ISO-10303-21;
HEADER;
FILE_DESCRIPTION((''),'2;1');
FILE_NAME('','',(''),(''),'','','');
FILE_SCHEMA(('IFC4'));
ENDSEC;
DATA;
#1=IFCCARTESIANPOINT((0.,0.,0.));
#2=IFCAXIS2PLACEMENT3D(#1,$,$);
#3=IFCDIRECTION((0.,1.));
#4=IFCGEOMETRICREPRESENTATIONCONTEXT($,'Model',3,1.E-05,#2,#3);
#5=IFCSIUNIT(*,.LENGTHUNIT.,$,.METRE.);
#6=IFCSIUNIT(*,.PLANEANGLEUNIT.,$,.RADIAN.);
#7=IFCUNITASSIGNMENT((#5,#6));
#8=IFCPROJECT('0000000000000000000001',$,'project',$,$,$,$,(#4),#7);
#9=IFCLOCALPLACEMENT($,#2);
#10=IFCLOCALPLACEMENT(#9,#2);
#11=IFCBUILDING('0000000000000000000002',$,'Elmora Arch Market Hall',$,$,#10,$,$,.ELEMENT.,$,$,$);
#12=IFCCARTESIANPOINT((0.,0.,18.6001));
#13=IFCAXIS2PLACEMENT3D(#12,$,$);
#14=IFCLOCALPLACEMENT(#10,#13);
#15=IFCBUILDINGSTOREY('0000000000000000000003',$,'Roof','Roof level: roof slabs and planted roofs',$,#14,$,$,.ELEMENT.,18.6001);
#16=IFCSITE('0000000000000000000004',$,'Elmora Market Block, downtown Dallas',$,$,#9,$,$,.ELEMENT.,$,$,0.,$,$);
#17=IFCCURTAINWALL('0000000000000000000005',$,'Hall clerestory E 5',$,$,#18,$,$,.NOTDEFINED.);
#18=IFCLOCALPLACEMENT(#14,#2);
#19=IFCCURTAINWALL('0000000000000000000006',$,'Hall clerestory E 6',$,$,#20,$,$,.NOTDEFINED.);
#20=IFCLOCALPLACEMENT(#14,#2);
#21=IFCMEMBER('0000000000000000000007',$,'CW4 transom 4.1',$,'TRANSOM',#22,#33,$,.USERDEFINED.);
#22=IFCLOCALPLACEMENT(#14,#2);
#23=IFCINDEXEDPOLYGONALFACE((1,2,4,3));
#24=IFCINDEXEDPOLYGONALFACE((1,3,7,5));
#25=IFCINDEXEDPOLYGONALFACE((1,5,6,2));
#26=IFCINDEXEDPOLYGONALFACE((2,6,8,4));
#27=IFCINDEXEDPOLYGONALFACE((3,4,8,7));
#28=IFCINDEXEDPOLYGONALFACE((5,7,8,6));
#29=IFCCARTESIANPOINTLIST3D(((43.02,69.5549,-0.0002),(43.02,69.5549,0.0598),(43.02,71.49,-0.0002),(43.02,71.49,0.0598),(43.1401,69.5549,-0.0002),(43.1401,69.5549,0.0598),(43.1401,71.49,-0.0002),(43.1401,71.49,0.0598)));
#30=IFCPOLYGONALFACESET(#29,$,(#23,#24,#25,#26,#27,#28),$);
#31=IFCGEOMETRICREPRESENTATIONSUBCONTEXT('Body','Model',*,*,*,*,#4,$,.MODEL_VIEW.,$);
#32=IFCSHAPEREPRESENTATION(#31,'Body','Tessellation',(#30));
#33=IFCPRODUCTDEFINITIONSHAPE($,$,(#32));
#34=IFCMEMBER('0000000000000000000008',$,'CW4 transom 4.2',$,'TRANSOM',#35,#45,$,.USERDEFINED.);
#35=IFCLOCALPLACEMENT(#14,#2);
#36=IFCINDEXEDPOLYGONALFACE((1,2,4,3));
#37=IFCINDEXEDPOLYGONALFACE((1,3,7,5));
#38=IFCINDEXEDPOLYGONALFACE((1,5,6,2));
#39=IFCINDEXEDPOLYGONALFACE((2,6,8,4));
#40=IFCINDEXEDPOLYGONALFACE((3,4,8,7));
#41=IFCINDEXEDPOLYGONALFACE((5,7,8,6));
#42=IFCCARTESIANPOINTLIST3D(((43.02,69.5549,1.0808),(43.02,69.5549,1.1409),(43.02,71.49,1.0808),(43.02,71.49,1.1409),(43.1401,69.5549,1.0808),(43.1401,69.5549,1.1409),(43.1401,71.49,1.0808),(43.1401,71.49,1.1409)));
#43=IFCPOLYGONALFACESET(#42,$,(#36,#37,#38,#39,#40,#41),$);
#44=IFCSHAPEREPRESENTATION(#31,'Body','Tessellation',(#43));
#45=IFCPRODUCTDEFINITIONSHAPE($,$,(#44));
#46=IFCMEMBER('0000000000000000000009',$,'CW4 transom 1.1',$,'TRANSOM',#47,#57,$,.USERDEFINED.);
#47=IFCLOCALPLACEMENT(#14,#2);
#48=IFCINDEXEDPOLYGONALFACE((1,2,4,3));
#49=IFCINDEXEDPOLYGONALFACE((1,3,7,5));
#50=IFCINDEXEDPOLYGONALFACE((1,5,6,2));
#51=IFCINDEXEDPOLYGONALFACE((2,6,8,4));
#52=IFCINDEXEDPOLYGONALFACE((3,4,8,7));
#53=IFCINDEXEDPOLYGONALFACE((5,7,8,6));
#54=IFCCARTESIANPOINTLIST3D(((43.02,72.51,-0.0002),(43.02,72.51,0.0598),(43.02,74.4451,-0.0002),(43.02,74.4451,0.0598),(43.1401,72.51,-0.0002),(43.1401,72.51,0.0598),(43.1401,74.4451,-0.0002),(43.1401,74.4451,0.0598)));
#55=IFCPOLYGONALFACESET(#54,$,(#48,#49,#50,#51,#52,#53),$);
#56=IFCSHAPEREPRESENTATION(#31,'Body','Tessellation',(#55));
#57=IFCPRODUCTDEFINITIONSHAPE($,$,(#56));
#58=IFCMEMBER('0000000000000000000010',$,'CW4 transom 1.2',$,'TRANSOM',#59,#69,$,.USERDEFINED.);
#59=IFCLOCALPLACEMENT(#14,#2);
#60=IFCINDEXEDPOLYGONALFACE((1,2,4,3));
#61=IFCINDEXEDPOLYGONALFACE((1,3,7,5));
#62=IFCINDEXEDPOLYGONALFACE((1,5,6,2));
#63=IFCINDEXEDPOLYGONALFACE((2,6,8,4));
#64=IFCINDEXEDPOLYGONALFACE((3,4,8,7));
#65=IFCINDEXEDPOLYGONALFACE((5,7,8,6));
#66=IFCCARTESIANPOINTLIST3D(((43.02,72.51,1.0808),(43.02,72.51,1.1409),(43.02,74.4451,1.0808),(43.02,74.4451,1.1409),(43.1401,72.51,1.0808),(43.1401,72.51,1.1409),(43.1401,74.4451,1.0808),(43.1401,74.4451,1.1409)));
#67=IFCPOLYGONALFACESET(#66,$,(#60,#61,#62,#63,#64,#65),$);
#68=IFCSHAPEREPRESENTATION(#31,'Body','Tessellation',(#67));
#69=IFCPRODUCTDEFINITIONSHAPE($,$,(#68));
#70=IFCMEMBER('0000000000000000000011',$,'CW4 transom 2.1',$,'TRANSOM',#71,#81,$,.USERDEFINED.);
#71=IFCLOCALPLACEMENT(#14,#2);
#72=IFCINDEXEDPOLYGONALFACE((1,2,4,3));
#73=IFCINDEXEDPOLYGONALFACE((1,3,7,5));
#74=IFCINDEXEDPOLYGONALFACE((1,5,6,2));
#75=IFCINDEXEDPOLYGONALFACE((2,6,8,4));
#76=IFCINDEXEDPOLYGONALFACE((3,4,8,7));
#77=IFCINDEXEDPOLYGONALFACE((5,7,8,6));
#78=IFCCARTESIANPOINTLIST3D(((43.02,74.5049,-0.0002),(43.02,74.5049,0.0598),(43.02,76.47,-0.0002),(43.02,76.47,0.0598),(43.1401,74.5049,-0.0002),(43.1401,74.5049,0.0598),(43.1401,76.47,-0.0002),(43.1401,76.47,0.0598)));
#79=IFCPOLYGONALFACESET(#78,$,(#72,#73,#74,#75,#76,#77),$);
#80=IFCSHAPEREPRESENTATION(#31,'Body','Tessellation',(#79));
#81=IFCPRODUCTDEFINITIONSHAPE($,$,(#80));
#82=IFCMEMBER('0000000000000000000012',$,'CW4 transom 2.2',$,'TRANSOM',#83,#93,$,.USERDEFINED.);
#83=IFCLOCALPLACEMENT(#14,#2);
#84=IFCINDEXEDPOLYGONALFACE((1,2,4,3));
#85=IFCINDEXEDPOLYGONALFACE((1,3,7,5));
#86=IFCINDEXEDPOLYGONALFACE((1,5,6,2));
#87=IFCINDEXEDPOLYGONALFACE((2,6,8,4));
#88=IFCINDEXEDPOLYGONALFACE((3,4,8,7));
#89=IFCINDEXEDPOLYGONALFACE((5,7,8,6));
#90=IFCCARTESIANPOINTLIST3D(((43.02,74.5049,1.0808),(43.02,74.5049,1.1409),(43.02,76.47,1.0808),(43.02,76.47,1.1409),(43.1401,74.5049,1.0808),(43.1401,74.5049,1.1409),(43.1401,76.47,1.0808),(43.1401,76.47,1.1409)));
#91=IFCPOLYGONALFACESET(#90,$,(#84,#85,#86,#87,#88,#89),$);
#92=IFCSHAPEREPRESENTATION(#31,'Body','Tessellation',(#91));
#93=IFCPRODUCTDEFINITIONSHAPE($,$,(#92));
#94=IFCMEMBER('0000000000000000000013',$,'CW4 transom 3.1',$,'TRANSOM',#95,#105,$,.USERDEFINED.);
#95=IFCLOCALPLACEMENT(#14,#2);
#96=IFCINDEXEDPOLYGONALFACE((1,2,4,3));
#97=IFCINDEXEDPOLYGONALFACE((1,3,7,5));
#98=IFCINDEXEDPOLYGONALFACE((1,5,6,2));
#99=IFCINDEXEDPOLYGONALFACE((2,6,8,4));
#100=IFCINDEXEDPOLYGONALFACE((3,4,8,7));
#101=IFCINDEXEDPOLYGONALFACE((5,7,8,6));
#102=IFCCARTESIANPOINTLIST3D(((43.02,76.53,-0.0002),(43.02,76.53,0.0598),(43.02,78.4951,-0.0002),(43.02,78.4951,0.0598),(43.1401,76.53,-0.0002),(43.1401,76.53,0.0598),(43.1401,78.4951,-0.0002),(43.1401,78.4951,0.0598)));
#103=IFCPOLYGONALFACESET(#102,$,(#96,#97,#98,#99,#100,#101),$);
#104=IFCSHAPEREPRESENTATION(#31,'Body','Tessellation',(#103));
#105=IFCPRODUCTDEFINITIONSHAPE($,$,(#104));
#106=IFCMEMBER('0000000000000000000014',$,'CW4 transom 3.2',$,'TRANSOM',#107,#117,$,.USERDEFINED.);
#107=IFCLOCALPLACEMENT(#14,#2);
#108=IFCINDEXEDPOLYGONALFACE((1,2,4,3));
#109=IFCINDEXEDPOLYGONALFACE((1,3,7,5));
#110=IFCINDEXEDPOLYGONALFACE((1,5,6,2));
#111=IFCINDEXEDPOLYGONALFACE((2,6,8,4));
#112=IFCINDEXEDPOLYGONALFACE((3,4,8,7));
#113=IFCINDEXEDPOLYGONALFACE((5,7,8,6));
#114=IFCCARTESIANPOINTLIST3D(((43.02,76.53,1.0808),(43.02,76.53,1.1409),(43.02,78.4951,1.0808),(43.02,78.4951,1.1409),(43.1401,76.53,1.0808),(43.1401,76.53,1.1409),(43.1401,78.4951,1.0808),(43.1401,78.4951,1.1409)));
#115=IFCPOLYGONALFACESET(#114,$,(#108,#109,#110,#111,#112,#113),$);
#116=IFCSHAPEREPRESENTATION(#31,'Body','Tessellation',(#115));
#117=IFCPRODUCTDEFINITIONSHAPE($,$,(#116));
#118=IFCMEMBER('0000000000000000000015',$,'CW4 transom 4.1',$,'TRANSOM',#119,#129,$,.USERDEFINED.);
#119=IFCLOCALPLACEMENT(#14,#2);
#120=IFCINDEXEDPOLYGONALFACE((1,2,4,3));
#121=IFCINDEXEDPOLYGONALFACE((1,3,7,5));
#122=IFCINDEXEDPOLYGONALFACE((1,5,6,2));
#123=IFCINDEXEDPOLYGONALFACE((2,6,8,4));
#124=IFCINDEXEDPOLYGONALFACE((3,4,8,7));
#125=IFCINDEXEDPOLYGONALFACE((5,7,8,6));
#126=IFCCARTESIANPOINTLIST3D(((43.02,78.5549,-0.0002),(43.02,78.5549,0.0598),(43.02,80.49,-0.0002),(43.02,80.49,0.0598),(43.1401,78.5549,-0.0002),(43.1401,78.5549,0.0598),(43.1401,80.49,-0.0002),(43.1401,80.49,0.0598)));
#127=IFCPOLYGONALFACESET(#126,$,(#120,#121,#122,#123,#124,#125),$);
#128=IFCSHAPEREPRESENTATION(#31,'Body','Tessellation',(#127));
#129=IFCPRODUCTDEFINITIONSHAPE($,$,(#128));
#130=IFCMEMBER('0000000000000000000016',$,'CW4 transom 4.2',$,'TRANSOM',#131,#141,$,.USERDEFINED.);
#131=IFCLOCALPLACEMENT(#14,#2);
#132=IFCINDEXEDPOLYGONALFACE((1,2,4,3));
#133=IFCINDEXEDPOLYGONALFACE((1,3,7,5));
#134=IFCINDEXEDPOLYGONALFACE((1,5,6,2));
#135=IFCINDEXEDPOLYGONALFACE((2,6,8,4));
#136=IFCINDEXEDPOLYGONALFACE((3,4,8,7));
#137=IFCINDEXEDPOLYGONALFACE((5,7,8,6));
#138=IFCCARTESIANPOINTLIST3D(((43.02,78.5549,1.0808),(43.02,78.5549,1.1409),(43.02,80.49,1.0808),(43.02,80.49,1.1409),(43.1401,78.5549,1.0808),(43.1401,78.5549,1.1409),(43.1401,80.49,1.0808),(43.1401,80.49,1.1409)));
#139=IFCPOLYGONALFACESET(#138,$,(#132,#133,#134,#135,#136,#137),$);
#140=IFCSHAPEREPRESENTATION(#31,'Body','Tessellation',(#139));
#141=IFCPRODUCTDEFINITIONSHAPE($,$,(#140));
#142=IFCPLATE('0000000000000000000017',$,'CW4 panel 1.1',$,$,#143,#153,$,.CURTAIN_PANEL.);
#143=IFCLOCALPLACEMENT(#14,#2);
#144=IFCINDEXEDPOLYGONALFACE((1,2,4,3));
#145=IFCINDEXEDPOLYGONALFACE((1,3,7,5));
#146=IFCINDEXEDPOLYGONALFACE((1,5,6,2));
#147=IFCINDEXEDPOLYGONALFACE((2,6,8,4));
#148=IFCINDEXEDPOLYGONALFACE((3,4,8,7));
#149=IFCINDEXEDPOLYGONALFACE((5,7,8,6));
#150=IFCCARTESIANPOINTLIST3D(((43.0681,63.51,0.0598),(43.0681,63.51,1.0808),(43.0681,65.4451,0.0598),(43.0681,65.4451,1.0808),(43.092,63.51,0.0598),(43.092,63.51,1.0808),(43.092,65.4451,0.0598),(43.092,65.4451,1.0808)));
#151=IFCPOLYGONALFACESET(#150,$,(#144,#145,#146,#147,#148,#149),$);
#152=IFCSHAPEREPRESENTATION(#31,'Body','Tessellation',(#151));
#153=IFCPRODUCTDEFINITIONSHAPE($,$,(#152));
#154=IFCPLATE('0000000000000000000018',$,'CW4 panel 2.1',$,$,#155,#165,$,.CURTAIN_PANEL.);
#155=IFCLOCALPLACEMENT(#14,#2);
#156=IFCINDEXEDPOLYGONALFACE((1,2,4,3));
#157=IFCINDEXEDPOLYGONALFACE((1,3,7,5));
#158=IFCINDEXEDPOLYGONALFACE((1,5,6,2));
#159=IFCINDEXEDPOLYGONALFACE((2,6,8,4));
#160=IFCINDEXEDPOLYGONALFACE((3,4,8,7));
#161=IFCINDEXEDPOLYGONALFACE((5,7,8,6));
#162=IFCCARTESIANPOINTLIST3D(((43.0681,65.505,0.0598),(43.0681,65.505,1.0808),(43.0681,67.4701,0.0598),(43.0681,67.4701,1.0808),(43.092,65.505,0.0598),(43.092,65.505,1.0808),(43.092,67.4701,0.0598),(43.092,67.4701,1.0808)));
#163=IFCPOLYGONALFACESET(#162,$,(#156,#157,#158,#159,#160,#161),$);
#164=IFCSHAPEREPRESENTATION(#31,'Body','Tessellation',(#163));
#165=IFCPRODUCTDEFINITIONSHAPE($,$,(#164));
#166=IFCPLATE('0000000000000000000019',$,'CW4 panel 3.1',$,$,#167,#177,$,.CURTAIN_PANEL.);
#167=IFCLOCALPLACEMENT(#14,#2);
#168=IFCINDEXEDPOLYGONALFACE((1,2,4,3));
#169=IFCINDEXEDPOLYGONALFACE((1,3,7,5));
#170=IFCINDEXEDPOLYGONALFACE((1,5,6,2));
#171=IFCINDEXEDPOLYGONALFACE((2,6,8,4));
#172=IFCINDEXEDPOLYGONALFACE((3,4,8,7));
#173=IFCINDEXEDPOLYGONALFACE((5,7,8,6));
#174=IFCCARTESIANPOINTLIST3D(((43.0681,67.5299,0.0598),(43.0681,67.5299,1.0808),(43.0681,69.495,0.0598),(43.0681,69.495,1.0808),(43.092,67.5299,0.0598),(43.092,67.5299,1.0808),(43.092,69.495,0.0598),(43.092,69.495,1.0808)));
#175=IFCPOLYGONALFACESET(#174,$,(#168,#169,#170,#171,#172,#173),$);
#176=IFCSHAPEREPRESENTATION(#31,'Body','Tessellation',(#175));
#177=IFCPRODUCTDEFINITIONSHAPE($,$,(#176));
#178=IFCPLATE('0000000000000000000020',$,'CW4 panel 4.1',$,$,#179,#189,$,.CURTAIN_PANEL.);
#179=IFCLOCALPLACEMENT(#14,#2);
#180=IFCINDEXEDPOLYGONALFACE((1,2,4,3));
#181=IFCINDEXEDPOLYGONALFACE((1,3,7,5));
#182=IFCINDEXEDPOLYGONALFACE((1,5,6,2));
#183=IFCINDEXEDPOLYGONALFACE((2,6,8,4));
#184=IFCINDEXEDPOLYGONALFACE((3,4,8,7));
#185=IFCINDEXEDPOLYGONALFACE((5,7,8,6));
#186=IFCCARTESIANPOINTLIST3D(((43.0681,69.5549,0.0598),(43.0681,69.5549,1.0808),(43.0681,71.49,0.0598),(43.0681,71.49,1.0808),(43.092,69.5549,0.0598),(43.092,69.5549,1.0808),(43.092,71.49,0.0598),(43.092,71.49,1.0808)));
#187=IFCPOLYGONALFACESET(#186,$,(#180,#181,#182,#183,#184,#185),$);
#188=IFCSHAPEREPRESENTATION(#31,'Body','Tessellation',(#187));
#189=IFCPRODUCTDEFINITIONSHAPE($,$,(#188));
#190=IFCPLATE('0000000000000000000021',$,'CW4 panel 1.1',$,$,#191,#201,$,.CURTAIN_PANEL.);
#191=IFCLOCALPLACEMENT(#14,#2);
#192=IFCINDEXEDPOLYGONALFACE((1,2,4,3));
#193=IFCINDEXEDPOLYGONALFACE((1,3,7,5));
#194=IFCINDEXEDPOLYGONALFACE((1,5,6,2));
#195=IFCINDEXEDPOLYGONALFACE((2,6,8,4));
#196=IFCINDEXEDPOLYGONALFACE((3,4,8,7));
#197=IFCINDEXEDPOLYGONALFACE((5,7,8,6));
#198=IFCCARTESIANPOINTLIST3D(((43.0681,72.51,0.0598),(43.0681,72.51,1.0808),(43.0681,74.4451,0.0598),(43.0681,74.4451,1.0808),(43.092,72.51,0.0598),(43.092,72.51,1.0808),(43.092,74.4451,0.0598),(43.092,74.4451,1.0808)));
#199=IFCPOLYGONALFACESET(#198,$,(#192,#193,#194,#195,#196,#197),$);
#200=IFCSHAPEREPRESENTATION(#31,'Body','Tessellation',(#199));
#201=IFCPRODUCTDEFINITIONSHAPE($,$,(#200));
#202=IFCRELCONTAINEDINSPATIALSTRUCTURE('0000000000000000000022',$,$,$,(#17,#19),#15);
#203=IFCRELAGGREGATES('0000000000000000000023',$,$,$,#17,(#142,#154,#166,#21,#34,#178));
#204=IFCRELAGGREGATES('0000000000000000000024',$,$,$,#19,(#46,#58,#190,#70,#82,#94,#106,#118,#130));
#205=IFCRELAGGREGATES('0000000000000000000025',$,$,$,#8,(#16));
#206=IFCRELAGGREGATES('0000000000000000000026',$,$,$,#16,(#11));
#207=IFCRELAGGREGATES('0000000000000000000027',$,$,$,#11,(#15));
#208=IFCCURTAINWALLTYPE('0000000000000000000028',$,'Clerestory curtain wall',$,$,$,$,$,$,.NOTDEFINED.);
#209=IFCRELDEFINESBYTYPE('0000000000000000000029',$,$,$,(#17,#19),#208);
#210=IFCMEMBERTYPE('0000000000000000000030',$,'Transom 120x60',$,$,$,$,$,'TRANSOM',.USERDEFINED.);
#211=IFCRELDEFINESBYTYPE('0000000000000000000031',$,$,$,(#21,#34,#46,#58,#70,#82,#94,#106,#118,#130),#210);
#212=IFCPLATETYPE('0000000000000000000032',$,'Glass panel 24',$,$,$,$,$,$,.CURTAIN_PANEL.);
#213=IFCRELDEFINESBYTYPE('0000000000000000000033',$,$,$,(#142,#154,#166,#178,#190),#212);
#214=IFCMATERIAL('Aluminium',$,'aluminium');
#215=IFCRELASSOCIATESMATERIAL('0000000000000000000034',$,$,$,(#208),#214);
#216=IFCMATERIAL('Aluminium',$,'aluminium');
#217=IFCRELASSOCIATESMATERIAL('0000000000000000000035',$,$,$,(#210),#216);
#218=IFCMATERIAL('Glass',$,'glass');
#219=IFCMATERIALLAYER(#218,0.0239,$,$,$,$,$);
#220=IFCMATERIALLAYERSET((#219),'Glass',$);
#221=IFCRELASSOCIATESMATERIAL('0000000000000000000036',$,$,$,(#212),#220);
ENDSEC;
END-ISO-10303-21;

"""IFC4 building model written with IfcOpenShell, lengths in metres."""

from ifc_helpers import new_model, si_unit, direction, frame, origin, origin_2d, place, context, subcontext, project, spatial, rectangle, extrude, material, layer, layer_set, material_profile, profile_set, type_object, element, aggregate, save


model = new_model("IFC4")

# Units and contexts
model_context = context("Model", 3, precision=1e-05, world=origin(), true_north=direction((0.0, 1.0)))
body_context = subcontext(model_context, "Body", "Model", "MODEL_VIEW")
ifc_project = project(units=[si_unit("LENGTHUNIT", "METRE"), si_unit("PLANEANGLEUNIT", "RADIAN")], contexts=[model_context])

# Site, building, storey
site_placement = place(None, origin())
site = spatial("IfcSite", under=ifc_project, at=site_placement, Name="Elmora Market Block, downtown Dallas", CompositionType="ELEMENT", RefElevation=0.0)
building_placement = place(site_placement, origin())
building = spatial("IfcBuilding", under=site, at=building_placement, Name="Elmora Arch Market Hall", CompositionType="ELEMENT")
storey_placement = place(building_placement, frame((0.0, 0.0, 18.6001)))
storey = spatial("IfcBuildingStorey", under=building, at=storey_placement, Name="Roof", Description="Roof level: roof slabs and planted roofs", CompositionType="ELEMENT", Elevation=18.6001)

# Curtain walls
ifc_material_1 = material(Name="Aluminium", Category="aluminium")
curtain_wall_type = type_object("IfcCurtainWallType", Name="Clerestory curtain wall", PredefinedType="NOTDEFINED", material=ifc_material_1)
curtain_wall_1_placement = place(storey_placement, origin())
curtain_wall_1 = element("IfcCurtainWall", 1, at=curtain_wall_1_placement, inside=storey, type_object=curtain_wall_type, Name="Hall clerestory E 5", PredefinedType="NOTDEFINED")
curtain_wall_2_placement = place(storey_placement, origin())
curtain_wall_2 = element("IfcCurtainWall", 2, at=curtain_wall_2_placement, inside=storey, type_object=curtain_wall_type, Name="Hall clerestory E 6", PredefinedType="NOTDEFINED")

# Members
ifc_material_2 = material(Name="Aluminium", Category="aluminium")
ifc_material_profile_1 = material_profile(ifc_material_2, rectangle(XDim=0.1201, YDim=0.0601, at=origin_2d()), Name="AL 120x60")
ifc_profile_set_1 = profile_set([ifc_material_profile_1], Name="Aluminium")
member_type_1 = type_object("IfcMemberType", Name="Transom 120x60", ElementType="TRANSOM", PredefinedType="USERDEFINED", material=ifc_profile_set_1)
member_1_placement = place(storey_placement, frame((43.0801, 69.5549, 0.0298), z_axis=(0.0, 1.0, 0.0), x_axis=(-1.0, 0.0, 0.0)))
member_1 = element("IfcMember", 3, at=member_1_placement, type_object=member_type_1, Name="CW4 transom 4.1", ObjectType="TRANSOM", PredefinedType="USERDEFINED", context=body_context, shape_type="SweptSolid", body=[
    extrude(rectangle(XDim=0.1201, YDim=0.0601, at=origin_2d()), origin(), (0.0, 0.0, 1.0), 1.9351),
])
member_2_placement = place(storey_placement, frame((43.0801, 69.5549, 1.1108), z_axis=(0.0, 1.0, 0.0), x_axis=(-1.0, 0.0, 0.0)))
member_2 = element("IfcMember", 4, at=member_2_placement, type_object=member_type_1, Name="CW4 transom 4.2", ObjectType="TRANSOM", PredefinedType="USERDEFINED", context=body_context, shape_type="SweptSolid", body=[
    extrude(rectangle(XDim=0.1201, YDim=0.0601, at=origin_2d()), origin(), (0.0, 0.0, 1.0), 1.9351),
])
member_3_placement = place(storey_placement, frame((43.0801, 72.51, 0.0298), z_axis=(0.0, 1.0, 0.0), x_axis=(-1.0, 0.0, 0.0)))
member_3 = element("IfcMember", 5, at=member_3_placement, type_object=member_type_1, Name="CW4 transom 1.1", ObjectType="TRANSOM", PredefinedType="USERDEFINED", context=body_context, shape_type="SweptSolid", body=[
    extrude(rectangle(XDim=0.1201, YDim=0.0601, at=origin_2d()), origin(), (0.0, 0.0, 1.0), 1.9351),
])
member_4_placement = place(storey_placement, frame((43.0801, 72.51, 1.1108), z_axis=(0.0, 1.0, 0.0), x_axis=(-1.0, 0.0, 0.0)))
member_4 = element("IfcMember", 6, at=member_4_placement, type_object=member_type_1, Name="CW4 transom 1.2", ObjectType="TRANSOM", PredefinedType="USERDEFINED", context=body_context, shape_type="SweptSolid", body=[
    extrude(rectangle(XDim=0.1201, YDim=0.0601, at=origin_2d()), origin(), (0.0, 0.0, 1.0), 1.9351),
])
member_5_placement = place(storey_placement, frame((43.0801, 74.5049, 0.0298), z_axis=(0.0, 1.0, 0.0), x_axis=(-1.0, 0.0, 0.0)))
member_5 = element("IfcMember", 7, at=member_5_placement, type_object=member_type_1, Name="CW4 transom 2.1", ObjectType="TRANSOM", PredefinedType="USERDEFINED", context=body_context, shape_type="SweptSolid", body=[
    extrude(rectangle(XDim=0.1201, YDim=0.0601, at=origin_2d()), origin(), (0.0, 0.0, 1.0), 1.9651),
])
member_6_placement = place(storey_placement, frame((43.0801, 74.5049, 1.1108), z_axis=(0.0, 1.0, 0.0), x_axis=(-1.0, 0.0, 0.0)))
member_6 = element("IfcMember", 8, at=member_6_placement, type_object=member_type_1, Name="CW4 transom 2.2", ObjectType="TRANSOM", PredefinedType="USERDEFINED", context=body_context, shape_type="SweptSolid", body=[
    extrude(rectangle(XDim=0.1201, YDim=0.0601, at=origin_2d()), origin(), (0.0, 0.0, 1.0), 1.9651),
])
member_7_placement = place(storey_placement, frame((43.0801, 76.53, 0.0298), z_axis=(0.0, 1.0, 0.0), x_axis=(-1.0, 0.0, 0.0)))
member_7 = element("IfcMember", 9, at=member_7_placement, type_object=member_type_1, Name="CW4 transom 3.1", ObjectType="TRANSOM", PredefinedType="USERDEFINED", context=body_context, shape_type="SweptSolid", body=[
    extrude(rectangle(XDim=0.1201, YDim=0.0601, at=origin_2d()), origin(), (0.0, 0.0, 1.0), 1.9651),
])
member_8_placement = place(storey_placement, frame((43.0801, 76.53, 1.1108), z_axis=(0.0, 1.0, 0.0), x_axis=(-1.0, 0.0, 0.0)))
member_8 = element("IfcMember", 10, at=member_8_placement, type_object=member_type_1, Name="CW4 transom 3.2", ObjectType="TRANSOM", PredefinedType="USERDEFINED", context=body_context, shape_type="SweptSolid", body=[
    extrude(rectangle(XDim=0.1201, YDim=0.0601, at=origin_2d()), origin(), (0.0, 0.0, 1.0), 1.9651),
])
member_9_placement = place(storey_placement, frame((43.0801, 78.5549, 0.0298), z_axis=(0.0, 1.0, 0.0), x_axis=(-1.0, 0.0, 0.0)))
member_9 = element("IfcMember", 11, at=member_9_placement, type_object=member_type_1, Name="CW4 transom 4.1", ObjectType="TRANSOM", PredefinedType="USERDEFINED", context=body_context, shape_type="SweptSolid", body=[
    extrude(rectangle(XDim=0.1201, YDim=0.0601, at=origin_2d()), origin(), (0.0, 0.0, 1.0), 1.9351),
])
member_10_placement = place(storey_placement, frame((43.0801, 78.5549, 1.1108), z_axis=(0.0, 1.0, 0.0), x_axis=(-1.0, 0.0, 0.0)))
member_10 = element("IfcMember", 12, at=member_10_placement, type_object=member_type_1, Name="CW4 transom 4.2", ObjectType="TRANSOM", PredefinedType="USERDEFINED", context=body_context, shape_type="SweptSolid", body=[
    extrude(rectangle(XDim=0.1201, YDim=0.0601, at=origin_2d()), origin(), (0.0, 0.0, 1.0), 1.9351),
])

# Plates
ifc_material_3 = material(Name="Glass", Category="glass")
ifc_layer = layer(ifc_material_3, 0.0239)
ifc_layer_set = layer_set([ifc_layer], Name="Glass")
plate_type = type_object("IfcPlateType", Name="Glass panel 24", PredefinedType="CURTAIN_PANEL", material=ifc_layer_set)
plate_1_placement = place(storey_placement, frame((43.0801, 64.4775, 0.0598), z_axis=(0.0, 0.0, 1.0), x_axis=(0.0, 1.0, 0.0)))
plate_1 = element("IfcPlate", 13, at=plate_1_placement, type_object=plate_type, Name="CW4 panel 1.1", PredefinedType="CURTAIN_PANEL", context=body_context, shape_type="SweptSolid", body=[
    extrude(rectangle(XDim=1.9351, YDim=0.0239, at=origin_2d()), origin(), (0.0, 0.0, 1.0), 1.021),
])
plate_2_placement = place(storey_placement, frame((43.0801, 66.4875, 0.0598), z_axis=(0.0, 0.0, 1.0), x_axis=(0.0, 1.0, 0.0)))
plate_2 = element("IfcPlate", 14, at=plate_2_placement, type_object=plate_type, Name="CW4 panel 2.1", PredefinedType="CURTAIN_PANEL", context=body_context, shape_type="SweptSolid", body=[
    extrude(rectangle(XDim=1.9651, YDim=0.0239, at=origin_2d()), origin(), (0.0, 0.0, 1.0), 1.021),
])
plate_3_placement = place(storey_placement, frame((43.0801, 68.5125, 0.0598), z_axis=(0.0, 0.0, 1.0), x_axis=(0.0, 1.0, 0.0)))
plate_3 = element("IfcPlate", 15, at=plate_3_placement, type_object=plate_type, Name="CW4 panel 3.1", PredefinedType="CURTAIN_PANEL", context=body_context, shape_type="SweptSolid", body=[
    extrude(rectangle(XDim=1.9651, YDim=0.0239, at=origin_2d()), origin(), (0.0, 0.0, 1.0), 1.021),
])
plate_4_placement = place(storey_placement, frame((43.0801, 70.5225, 0.0598), z_axis=(0.0, 0.0, 1.0), x_axis=(0.0, 1.0, 0.0)))
plate_4 = element("IfcPlate", 16, at=plate_4_placement, type_object=plate_type, Name="CW4 panel 4.1", PredefinedType="CURTAIN_PANEL", context=body_context, shape_type="SweptSolid", body=[
    extrude(rectangle(XDim=1.9351, YDim=0.0239, at=origin_2d()), origin(), (0.0, 0.0, 1.0), 1.021),
])
aggregate(curtain_wall_1, [plate_1, plate_2, plate_3, member_1, member_2, plate_4])
plate_5_placement = place(storey_placement, frame((43.0801, 73.4775, 0.0598), z_axis=(0.0, 0.0, 1.0), x_axis=(0.0, 1.0, 0.0)))
plate_5 = element("IfcPlate", 17, at=plate_5_placement, type_object=plate_type, Name="CW4 panel 1.1", PredefinedType="CURTAIN_PANEL", context=body_context, shape_type="SweptSolid", body=[
    extrude(rectangle(XDim=1.9351, YDim=0.0239, at=origin_2d()), origin(), (0.0, 0.0, 1.0), 1.021),
])
aggregate(curtain_wall_2, [member_3, member_4, plate_5, member_5, member_6, member_7, member_8, member_9, member_10])

save(model, "model.ifc")
